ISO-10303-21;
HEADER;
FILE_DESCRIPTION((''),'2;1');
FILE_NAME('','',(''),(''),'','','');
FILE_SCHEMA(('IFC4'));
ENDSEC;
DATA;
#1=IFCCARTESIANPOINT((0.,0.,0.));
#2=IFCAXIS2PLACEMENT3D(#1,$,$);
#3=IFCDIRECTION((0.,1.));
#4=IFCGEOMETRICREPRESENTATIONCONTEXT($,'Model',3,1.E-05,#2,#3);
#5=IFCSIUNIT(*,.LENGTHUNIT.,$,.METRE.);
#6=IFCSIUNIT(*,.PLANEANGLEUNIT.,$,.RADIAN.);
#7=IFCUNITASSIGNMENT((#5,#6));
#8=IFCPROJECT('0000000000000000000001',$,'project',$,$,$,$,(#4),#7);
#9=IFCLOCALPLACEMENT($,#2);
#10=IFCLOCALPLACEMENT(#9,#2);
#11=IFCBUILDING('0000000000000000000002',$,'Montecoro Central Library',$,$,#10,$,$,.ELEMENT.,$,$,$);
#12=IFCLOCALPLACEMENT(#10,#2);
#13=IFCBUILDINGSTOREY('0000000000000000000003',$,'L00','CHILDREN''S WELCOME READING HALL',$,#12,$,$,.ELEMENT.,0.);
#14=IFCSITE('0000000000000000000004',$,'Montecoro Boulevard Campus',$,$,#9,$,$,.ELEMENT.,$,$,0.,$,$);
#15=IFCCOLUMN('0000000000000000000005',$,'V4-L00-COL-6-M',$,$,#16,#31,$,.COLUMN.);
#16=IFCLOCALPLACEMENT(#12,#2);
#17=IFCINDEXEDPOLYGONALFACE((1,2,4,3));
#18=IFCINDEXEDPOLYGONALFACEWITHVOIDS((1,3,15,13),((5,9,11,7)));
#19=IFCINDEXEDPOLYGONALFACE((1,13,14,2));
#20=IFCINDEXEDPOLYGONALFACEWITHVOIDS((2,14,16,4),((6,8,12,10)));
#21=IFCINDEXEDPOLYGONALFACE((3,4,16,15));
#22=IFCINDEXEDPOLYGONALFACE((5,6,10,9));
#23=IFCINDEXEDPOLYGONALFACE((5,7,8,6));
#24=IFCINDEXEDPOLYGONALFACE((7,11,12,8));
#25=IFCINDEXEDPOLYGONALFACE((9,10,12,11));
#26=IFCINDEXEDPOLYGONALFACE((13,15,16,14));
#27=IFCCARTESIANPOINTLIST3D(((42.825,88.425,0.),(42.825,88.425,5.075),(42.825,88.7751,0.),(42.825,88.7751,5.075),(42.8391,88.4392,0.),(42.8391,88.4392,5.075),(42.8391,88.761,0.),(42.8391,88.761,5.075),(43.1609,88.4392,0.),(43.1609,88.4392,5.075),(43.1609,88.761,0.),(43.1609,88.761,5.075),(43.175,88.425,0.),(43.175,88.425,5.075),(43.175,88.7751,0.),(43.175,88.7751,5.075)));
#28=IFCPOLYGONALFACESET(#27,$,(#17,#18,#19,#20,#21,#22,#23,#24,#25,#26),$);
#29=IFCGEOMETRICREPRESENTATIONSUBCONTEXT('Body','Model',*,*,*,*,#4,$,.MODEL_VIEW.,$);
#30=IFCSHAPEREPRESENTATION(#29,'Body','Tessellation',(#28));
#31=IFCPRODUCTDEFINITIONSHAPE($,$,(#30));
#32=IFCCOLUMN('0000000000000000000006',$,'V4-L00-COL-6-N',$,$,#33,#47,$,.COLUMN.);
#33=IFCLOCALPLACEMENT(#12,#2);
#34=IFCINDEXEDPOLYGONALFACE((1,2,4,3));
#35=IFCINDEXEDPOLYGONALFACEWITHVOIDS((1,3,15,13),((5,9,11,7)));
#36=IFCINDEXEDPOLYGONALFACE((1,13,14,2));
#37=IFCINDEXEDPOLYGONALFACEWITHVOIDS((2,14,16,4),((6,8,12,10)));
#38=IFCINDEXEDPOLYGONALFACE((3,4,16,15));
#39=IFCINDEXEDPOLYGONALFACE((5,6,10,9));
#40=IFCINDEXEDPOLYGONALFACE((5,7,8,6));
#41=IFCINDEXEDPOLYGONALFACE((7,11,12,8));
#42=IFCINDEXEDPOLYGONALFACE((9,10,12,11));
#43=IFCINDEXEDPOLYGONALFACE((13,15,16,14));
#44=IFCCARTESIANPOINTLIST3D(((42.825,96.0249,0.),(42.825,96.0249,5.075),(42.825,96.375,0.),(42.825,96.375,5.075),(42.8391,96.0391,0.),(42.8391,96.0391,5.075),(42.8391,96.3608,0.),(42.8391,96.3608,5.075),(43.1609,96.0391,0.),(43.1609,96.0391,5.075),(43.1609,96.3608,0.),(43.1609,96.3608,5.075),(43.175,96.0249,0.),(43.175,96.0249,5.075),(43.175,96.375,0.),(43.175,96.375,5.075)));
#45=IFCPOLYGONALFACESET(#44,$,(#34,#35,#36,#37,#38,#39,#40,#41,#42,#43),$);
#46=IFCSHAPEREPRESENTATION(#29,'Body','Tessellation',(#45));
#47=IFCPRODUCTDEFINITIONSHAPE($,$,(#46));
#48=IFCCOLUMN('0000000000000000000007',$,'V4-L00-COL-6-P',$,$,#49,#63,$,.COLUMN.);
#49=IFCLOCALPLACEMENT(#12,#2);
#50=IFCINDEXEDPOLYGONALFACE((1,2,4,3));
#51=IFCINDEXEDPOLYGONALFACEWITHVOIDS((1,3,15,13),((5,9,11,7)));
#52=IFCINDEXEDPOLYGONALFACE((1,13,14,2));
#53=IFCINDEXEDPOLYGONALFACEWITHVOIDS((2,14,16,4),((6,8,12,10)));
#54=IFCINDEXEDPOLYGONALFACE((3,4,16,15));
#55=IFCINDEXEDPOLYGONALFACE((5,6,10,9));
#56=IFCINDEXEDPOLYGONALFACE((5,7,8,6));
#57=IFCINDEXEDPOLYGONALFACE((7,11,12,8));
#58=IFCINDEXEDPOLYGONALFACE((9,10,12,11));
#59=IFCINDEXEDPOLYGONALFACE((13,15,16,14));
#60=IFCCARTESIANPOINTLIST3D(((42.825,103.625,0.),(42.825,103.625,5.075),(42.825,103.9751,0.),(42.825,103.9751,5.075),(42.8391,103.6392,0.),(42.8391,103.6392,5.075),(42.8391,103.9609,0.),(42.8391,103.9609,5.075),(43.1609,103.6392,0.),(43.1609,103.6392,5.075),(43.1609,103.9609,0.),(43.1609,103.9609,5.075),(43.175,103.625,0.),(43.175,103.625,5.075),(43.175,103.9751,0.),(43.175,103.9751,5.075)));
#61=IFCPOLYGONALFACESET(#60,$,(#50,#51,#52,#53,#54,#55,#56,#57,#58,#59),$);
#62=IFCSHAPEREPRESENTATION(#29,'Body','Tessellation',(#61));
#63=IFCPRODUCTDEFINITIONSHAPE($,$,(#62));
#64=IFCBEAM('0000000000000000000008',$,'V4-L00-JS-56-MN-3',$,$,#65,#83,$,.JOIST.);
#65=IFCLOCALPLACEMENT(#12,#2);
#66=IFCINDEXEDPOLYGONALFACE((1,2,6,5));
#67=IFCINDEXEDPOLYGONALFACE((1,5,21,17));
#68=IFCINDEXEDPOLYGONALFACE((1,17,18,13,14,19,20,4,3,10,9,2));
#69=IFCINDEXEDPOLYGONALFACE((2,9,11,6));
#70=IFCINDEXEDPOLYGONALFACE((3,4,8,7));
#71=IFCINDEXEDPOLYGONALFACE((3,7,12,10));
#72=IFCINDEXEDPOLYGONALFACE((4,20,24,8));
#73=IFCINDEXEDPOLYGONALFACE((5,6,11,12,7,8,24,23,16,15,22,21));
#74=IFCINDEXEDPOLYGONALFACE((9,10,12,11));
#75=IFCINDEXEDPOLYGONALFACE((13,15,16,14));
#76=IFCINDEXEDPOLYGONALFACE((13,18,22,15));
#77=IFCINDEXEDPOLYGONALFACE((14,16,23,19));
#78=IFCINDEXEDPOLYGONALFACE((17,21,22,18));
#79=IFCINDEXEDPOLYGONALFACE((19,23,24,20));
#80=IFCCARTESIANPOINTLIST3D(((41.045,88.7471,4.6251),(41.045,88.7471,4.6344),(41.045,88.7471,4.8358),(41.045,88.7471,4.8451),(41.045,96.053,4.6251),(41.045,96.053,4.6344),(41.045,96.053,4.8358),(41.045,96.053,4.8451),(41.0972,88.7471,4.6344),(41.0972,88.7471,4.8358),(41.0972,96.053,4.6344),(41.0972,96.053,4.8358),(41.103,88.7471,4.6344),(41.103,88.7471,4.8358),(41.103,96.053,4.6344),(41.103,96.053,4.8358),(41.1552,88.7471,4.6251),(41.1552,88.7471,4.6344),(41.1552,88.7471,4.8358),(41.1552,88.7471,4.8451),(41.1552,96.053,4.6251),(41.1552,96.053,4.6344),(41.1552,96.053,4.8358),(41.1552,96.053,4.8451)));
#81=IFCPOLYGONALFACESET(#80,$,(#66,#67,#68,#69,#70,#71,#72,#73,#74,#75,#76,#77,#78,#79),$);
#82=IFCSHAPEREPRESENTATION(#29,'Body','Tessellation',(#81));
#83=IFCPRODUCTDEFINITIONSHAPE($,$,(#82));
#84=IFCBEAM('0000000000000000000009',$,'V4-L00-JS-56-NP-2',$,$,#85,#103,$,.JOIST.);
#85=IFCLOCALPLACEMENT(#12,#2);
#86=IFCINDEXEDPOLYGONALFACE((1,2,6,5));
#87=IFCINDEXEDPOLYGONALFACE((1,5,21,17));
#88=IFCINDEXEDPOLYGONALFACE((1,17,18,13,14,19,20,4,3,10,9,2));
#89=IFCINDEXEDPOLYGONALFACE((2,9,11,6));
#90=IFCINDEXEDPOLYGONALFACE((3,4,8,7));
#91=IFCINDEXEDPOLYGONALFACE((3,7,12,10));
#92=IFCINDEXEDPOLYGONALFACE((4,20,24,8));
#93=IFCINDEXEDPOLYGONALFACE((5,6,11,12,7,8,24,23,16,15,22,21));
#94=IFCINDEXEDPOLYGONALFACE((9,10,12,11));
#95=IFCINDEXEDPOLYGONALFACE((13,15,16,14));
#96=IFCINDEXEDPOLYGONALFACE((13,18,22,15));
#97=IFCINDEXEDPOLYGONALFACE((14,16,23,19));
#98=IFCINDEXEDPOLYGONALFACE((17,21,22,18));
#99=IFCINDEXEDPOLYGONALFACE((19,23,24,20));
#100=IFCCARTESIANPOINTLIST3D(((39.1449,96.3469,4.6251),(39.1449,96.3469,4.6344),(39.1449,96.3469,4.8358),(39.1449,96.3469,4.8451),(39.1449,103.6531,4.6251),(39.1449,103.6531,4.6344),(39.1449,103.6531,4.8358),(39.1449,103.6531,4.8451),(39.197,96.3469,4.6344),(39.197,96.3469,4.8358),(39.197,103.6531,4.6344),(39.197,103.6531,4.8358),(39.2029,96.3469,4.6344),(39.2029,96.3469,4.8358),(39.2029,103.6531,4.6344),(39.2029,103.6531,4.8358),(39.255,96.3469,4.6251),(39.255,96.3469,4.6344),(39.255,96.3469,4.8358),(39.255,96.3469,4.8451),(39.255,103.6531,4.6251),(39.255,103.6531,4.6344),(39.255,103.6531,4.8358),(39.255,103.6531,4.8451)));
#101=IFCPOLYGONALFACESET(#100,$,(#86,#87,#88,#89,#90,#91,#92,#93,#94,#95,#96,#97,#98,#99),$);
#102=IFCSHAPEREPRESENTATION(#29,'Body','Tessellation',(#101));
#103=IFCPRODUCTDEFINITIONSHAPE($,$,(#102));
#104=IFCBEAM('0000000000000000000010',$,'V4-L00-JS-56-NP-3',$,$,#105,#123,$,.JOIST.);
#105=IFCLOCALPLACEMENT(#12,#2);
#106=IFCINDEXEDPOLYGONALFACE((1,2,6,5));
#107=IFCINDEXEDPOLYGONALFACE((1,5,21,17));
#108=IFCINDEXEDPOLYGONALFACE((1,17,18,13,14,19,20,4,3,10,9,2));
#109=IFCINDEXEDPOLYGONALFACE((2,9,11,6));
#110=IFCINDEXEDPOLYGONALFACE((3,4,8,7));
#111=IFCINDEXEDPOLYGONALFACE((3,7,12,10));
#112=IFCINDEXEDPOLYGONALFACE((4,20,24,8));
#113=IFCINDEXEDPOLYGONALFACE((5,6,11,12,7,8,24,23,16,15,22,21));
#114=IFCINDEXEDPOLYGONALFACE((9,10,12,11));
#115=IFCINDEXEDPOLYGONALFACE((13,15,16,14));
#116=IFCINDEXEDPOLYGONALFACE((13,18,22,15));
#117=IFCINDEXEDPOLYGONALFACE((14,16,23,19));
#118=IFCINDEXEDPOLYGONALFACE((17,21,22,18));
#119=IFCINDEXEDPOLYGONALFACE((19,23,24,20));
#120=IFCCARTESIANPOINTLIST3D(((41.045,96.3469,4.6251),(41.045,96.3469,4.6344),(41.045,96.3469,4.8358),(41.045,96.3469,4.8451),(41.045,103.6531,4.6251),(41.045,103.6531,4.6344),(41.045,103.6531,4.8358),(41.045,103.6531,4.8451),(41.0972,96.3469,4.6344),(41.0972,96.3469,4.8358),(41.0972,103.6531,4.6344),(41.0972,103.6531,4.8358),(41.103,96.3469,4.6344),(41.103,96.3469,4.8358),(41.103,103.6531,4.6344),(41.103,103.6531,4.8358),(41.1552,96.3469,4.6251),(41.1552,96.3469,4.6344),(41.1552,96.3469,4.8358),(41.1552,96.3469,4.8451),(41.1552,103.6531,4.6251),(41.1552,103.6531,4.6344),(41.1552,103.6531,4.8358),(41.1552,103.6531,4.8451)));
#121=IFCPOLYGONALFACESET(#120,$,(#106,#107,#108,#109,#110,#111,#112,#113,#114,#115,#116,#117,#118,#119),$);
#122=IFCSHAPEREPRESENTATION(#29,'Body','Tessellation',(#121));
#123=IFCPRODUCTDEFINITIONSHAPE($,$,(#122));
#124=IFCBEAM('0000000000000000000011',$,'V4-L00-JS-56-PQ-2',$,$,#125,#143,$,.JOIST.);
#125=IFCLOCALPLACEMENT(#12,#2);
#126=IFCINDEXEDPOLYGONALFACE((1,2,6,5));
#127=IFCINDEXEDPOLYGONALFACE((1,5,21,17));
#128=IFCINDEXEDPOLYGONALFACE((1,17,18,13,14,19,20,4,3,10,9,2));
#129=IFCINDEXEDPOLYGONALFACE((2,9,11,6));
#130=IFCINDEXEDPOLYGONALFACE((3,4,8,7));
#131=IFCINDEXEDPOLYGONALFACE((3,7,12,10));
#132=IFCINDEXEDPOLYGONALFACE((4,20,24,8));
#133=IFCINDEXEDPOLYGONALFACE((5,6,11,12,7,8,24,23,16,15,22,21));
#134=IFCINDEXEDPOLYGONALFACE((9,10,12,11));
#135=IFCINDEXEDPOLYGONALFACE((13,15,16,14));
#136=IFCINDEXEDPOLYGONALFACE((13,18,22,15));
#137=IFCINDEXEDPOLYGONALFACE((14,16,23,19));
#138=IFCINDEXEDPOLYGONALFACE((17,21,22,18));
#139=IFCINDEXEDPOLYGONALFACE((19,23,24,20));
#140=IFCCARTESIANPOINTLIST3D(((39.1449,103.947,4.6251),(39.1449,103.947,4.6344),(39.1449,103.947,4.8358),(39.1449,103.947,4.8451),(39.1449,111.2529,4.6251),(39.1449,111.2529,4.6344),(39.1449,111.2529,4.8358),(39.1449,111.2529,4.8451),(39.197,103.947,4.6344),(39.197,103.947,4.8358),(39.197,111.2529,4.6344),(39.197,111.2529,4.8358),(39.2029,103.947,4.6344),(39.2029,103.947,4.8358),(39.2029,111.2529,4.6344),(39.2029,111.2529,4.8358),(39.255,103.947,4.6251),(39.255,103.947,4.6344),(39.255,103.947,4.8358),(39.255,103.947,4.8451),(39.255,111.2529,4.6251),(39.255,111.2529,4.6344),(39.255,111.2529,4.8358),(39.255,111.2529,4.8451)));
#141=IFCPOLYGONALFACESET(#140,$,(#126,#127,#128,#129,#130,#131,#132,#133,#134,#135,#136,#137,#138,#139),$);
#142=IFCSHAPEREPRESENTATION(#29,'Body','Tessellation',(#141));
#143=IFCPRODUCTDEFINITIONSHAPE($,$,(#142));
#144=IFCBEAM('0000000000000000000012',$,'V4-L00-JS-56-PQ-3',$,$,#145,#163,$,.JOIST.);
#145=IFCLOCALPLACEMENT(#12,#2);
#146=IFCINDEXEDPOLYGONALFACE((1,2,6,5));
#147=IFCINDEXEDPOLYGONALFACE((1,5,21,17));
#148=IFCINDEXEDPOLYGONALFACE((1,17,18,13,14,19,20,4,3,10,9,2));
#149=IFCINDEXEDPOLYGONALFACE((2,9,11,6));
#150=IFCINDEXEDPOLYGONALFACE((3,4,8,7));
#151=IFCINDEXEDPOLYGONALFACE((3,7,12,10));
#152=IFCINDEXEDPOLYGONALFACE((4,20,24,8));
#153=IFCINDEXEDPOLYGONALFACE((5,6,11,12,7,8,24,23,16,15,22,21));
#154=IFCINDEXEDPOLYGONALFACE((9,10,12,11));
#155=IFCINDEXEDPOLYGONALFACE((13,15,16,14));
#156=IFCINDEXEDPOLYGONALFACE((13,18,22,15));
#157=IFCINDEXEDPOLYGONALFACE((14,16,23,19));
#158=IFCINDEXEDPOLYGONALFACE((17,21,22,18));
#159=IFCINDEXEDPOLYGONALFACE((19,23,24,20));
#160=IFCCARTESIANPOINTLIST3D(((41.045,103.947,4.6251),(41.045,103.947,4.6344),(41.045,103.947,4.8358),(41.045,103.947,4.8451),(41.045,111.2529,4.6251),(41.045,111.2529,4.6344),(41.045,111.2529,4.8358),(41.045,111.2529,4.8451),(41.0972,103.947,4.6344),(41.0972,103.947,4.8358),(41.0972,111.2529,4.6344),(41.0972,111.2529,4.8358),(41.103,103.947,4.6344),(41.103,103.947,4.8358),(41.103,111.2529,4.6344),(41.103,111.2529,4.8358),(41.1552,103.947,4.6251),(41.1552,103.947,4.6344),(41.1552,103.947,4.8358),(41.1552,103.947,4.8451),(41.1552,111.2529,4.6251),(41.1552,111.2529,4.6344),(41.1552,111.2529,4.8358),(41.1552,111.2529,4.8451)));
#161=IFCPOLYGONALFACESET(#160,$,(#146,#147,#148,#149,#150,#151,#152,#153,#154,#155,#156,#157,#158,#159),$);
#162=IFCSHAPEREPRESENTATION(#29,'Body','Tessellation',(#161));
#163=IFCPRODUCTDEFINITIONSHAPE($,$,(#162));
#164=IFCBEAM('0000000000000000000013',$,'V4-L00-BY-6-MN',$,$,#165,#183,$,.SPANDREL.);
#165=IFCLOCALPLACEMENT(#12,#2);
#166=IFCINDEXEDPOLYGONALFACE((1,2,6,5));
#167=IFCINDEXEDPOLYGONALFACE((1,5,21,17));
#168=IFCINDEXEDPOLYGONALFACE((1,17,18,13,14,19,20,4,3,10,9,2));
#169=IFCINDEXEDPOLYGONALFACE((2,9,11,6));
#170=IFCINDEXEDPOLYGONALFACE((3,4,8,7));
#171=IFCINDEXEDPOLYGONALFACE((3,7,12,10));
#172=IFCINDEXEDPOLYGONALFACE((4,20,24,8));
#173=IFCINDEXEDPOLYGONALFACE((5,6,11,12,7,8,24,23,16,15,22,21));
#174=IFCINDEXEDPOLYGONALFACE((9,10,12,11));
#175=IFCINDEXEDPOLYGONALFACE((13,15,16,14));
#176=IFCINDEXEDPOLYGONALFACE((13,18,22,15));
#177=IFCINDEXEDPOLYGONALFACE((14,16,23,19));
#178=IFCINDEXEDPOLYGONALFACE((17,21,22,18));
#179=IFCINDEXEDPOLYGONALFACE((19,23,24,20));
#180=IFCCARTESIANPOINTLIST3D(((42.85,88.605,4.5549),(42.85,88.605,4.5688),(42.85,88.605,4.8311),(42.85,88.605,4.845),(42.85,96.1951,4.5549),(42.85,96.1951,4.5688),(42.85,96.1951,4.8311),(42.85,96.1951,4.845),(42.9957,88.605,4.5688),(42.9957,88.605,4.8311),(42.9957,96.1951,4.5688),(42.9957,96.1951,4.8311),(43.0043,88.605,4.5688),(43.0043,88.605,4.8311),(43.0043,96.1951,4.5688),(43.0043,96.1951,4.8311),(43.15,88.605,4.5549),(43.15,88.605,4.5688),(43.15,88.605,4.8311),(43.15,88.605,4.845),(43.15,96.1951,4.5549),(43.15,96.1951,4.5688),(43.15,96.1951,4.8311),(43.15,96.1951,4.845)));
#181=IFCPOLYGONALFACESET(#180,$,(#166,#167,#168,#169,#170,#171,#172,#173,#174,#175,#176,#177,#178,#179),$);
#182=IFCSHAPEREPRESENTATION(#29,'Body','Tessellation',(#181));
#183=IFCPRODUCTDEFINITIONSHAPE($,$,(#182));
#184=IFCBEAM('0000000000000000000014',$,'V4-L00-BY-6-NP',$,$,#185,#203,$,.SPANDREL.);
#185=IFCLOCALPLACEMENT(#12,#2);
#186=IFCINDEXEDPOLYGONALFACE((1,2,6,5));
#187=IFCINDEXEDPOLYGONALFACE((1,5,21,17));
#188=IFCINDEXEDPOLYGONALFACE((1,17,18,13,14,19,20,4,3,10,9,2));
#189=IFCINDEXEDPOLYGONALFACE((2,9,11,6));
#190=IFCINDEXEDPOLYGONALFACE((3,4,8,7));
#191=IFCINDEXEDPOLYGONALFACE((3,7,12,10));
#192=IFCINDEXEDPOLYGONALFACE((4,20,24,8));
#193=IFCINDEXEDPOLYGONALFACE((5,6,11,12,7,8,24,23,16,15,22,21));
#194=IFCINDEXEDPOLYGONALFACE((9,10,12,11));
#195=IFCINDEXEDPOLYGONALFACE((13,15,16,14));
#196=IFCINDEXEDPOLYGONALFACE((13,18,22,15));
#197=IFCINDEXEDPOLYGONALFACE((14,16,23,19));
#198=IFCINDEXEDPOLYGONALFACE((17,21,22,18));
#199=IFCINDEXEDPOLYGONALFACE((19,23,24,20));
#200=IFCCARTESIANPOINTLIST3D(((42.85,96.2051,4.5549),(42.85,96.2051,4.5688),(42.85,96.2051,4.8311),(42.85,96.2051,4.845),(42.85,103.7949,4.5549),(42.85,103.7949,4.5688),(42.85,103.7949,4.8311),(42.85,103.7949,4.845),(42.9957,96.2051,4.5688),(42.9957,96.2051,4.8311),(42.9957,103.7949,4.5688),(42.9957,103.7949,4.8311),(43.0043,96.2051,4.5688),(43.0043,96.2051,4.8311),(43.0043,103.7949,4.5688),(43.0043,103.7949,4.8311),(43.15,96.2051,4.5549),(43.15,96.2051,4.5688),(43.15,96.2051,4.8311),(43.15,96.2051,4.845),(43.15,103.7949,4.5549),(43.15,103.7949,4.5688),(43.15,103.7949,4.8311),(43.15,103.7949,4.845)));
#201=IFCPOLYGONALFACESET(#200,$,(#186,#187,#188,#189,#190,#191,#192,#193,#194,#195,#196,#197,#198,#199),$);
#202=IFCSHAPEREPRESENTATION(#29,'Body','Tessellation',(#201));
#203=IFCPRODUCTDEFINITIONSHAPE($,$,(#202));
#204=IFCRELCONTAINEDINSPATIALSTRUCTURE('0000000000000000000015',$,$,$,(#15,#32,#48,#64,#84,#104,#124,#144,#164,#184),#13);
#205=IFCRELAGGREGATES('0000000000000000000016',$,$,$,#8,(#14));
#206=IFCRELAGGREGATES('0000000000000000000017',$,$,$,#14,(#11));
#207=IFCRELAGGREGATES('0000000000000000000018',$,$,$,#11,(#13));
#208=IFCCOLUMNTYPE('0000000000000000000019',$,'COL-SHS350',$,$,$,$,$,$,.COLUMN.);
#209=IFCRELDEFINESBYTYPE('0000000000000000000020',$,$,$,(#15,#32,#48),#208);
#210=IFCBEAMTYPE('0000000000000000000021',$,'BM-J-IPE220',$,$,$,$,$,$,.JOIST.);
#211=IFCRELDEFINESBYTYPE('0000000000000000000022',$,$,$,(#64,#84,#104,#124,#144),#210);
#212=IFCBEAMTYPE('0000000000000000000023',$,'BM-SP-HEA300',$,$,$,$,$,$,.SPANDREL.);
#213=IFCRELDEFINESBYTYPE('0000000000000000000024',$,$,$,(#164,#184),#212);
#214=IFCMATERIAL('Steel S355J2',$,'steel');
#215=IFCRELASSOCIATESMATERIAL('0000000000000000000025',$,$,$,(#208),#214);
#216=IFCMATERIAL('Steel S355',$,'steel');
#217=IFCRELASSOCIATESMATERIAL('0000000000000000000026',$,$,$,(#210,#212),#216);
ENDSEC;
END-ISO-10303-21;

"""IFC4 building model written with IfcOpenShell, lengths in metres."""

from ifc_helpers import new_model, si_unit, direction, frame, origin, origin_2d, place, context, subcontext, project, spatial, hollow_rectangle, i_section, extrude, material, material_profile, profile_set, type_object, element, save


model = new_model("IFC4")

# Units and contexts
model_context = context("Model", 3, precision=1e-05, world=origin(), true_north=direction((0.0, 1.0)))
body_context = subcontext(model_context, "Body", "Model", "MODEL_VIEW")
ifc_project = project(units=[si_unit("LENGTHUNIT", "METRE"), si_unit("PLANEANGLEUNIT", "RADIAN")], contexts=[model_context])

# Site, building, storey
site_placement = place(None, origin())
site = spatial("IfcSite", under=ifc_project, at=site_placement, Name="Montecoro Boulevard Campus", CompositionType="ELEMENT", RefElevation=0.0)
building_placement = place(site_placement, origin())
building = spatial("IfcBuilding", under=site, at=building_placement, Name="Montecoro Central Library", CompositionType="ELEMENT")
storey_placement = place(building_placement, origin())
storey = spatial("IfcBuildingStorey", under=building, at=storey_placement, Name="L00", Description="CHILDREN'S WELCOME READING HALL", CompositionType="ELEMENT", Elevation=0.0)

# Columns
ifc_material_1 = material(Name="Steel S355J2", Category="steel")
ifc_material_profile_1 = material_profile(ifc_material_1, hollow_rectangle(XDim=0.3501, YDim=0.3501, WallThickness=0.0142, at=origin_2d()), Name="SHS 350x350x14.2")
ifc_profile_set_1 = profile_set([ifc_material_profile_1], Name="Steel S355J2")
column_type = type_object("IfcColumnType", Name="COL-SHS350", PredefinedType="COLUMN", material=ifc_profile_set_1)
for number, where, z_axis, x_axis, name in (
    (1, (43.0, 88.6001, 0.0), (0.0, 0.0, 1.0), (1.0, 0.0, 0.0), "V4-L00-COL-6-M"),
    (2, (43.0, 96.2, 0.0), (0.0, 0.0, 1.0), (1.0, 0.0, 0.0), "V4-L00-COL-6-N"),
    (3, (43.0, 103.8, 0.0), (0.0, 0.0, 1.0), (1.0, 0.0, 0.0), "V4-L00-COL-6-P"),
):
    element("IfcColumn", number, at=place(storey_placement, frame(where, z_axis=z_axis, x_axis=x_axis)), inside=storey, type_object=column_type, Name=name, PredefinedType="COLUMN", context=body_context, shape_type="SweptSolid", body=[
        extrude(hollow_rectangle(XDim=0.3501, YDim=0.3501, WallThickness=0.0142, at=origin_2d()), origin(), (0.0, 0.0, 1.0), 5.075),
    ])

# Beams
ifc_material_2 = material(Name="Steel S355", Category="steel")
ifc_material_profile_2 = material_profile(ifc_material_2, i_section(OverallWidth=0.1101, OverallDepth=0.22, WebThickness=0.0059, FlangeThickness=0.0093, at=origin_2d()), Name="IPE 220")
ifc_profile_set_2 = profile_set([ifc_material_profile_2], Name="Steel S355")
beam_type_1 = type_object("IfcBeamType", Name="BM-J-IPE220", PredefinedType="JOIST", material=ifc_profile_set_2)
beam_1_placement = place(storey_placement, frame((41.1001, 88.7471, 4.7351), z_axis=(0.0, 1.0, 0.0), x_axis=(-1.0, 0.0, 0.0)))
element("IfcBeam", 4, at=beam_1_placement, inside=storey, type_object=beam_type_1, Name="V4-L00-JS-56-MN-3", PredefinedType="JOIST", context=body_context, shape_type="SweptSolid", body=[
    extrude(i_section(OverallWidth=0.1101, OverallDepth=0.22, WebThickness=0.0059, FlangeThickness=0.0093, at=origin_2d()), origin(), (0.0, 0.0, 1.0), 7.3059),
])
for number, where, z_axis, x_axis, name in (
    (5, (39.2, 96.3469, 4.7351), (0.0, 1.0, 0.0), (-1.0, 0.0, 0.0), "V4-L00-JS-56-NP-2"),
    (6, (41.1001, 96.3469, 4.7351), (0.0, 1.0, 0.0), (-1.0, 0.0, 0.0), "V4-L00-JS-56-NP-3"),
):
    element("IfcBeam", number, at=place(storey_placement, frame(where, z_axis=z_axis, x_axis=x_axis)), inside=storey, type_object=beam_type_1, Name=name, PredefinedType="JOIST", context=body_context, shape_type="SweptSolid", body=[
        extrude(i_section(OverallWidth=0.1101, OverallDepth=0.22, WebThickness=0.0059, FlangeThickness=0.0093, at=origin_2d()), origin(), (0.0, 0.0, 1.0), 7.3062),
    ])
for number, where, z_axis, x_axis, name in (
    (7, (39.2, 103.947, 4.7351), (0.0, 1.0, 0.0), (-1.0, 0.0, 0.0), "V4-L00-JS-56-PQ-2"),
    (8, (41.1001, 103.947, 4.7351), (0.0, 1.0, 0.0), (-1.0, 0.0, 0.0), "V4-L00-JS-56-PQ-3"),
):
    element("IfcBeam", number, at=place(storey_placement, frame(where, z_axis=z_axis, x_axis=x_axis)), inside=storey, type_object=beam_type_1, Name=name, PredefinedType="JOIST", context=body_context, shape_type="SweptSolid", body=[
        extrude(i_section(OverallWidth=0.1101, OverallDepth=0.22, WebThickness=0.0059, FlangeThickness=0.0093, at=origin_2d()), origin(), (0.0, 0.0, 1.0), 7.3059),
    ])
ifc_material_profile_3 = material_profile(ifc_material_2, i_section(OverallWidth=0.3, OverallDepth=0.29, WebThickness=0.0085, FlangeThickness=0.0139, at=origin_2d()), Name="HEA 300")
ifc_profile_set_3 = profile_set([ifc_material_profile_3], Name="Steel S355")
beam_type_2 = type_object("IfcBeamType", Name="BM-SP-HEA300", PredefinedType="SPANDREL", material=ifc_profile_set_3)
beam_2_placement = place(storey_placement, frame((43.0, 88.605, 4.7), z_axis=(0.0, 1.0, 0.0), x_axis=(-1.0, 0.0, 0.0)))
element("IfcBeam", 9, at=beam_2_placement, inside=storey, type_object=beam_type_2, Name="V4-L00-BY-6-MN", PredefinedType="SPANDREL", context=body_context, shape_type="SweptSolid", body=[
    extrude(i_section(OverallWidth=0.3, OverallDepth=0.29, WebThickness=0.0085, FlangeThickness=0.0139, at=origin_2d()), origin(), (0.0, 0.0, 1.0), 7.5901),
])
beam_3_placement = place(storey_placement, frame((43.0, 96.2051, 4.7), z_axis=(0.0, 1.0, 0.0), x_axis=(-1.0, 0.0, 0.0)))
element("IfcBeam", 10, at=beam_3_placement, inside=storey, type_object=beam_type_2, Name="V4-L00-BY-6-NP", PredefinedType="SPANDREL", context=body_context, shape_type="SweptSolid", body=[
    extrude(i_section(OverallWidth=0.3, OverallDepth=0.29, WebThickness=0.0085, FlangeThickness=0.0139, at=origin_2d()), origin(), (0.0, 0.0, 1.0), 7.5898),
])

save(model, "model.ifc")
